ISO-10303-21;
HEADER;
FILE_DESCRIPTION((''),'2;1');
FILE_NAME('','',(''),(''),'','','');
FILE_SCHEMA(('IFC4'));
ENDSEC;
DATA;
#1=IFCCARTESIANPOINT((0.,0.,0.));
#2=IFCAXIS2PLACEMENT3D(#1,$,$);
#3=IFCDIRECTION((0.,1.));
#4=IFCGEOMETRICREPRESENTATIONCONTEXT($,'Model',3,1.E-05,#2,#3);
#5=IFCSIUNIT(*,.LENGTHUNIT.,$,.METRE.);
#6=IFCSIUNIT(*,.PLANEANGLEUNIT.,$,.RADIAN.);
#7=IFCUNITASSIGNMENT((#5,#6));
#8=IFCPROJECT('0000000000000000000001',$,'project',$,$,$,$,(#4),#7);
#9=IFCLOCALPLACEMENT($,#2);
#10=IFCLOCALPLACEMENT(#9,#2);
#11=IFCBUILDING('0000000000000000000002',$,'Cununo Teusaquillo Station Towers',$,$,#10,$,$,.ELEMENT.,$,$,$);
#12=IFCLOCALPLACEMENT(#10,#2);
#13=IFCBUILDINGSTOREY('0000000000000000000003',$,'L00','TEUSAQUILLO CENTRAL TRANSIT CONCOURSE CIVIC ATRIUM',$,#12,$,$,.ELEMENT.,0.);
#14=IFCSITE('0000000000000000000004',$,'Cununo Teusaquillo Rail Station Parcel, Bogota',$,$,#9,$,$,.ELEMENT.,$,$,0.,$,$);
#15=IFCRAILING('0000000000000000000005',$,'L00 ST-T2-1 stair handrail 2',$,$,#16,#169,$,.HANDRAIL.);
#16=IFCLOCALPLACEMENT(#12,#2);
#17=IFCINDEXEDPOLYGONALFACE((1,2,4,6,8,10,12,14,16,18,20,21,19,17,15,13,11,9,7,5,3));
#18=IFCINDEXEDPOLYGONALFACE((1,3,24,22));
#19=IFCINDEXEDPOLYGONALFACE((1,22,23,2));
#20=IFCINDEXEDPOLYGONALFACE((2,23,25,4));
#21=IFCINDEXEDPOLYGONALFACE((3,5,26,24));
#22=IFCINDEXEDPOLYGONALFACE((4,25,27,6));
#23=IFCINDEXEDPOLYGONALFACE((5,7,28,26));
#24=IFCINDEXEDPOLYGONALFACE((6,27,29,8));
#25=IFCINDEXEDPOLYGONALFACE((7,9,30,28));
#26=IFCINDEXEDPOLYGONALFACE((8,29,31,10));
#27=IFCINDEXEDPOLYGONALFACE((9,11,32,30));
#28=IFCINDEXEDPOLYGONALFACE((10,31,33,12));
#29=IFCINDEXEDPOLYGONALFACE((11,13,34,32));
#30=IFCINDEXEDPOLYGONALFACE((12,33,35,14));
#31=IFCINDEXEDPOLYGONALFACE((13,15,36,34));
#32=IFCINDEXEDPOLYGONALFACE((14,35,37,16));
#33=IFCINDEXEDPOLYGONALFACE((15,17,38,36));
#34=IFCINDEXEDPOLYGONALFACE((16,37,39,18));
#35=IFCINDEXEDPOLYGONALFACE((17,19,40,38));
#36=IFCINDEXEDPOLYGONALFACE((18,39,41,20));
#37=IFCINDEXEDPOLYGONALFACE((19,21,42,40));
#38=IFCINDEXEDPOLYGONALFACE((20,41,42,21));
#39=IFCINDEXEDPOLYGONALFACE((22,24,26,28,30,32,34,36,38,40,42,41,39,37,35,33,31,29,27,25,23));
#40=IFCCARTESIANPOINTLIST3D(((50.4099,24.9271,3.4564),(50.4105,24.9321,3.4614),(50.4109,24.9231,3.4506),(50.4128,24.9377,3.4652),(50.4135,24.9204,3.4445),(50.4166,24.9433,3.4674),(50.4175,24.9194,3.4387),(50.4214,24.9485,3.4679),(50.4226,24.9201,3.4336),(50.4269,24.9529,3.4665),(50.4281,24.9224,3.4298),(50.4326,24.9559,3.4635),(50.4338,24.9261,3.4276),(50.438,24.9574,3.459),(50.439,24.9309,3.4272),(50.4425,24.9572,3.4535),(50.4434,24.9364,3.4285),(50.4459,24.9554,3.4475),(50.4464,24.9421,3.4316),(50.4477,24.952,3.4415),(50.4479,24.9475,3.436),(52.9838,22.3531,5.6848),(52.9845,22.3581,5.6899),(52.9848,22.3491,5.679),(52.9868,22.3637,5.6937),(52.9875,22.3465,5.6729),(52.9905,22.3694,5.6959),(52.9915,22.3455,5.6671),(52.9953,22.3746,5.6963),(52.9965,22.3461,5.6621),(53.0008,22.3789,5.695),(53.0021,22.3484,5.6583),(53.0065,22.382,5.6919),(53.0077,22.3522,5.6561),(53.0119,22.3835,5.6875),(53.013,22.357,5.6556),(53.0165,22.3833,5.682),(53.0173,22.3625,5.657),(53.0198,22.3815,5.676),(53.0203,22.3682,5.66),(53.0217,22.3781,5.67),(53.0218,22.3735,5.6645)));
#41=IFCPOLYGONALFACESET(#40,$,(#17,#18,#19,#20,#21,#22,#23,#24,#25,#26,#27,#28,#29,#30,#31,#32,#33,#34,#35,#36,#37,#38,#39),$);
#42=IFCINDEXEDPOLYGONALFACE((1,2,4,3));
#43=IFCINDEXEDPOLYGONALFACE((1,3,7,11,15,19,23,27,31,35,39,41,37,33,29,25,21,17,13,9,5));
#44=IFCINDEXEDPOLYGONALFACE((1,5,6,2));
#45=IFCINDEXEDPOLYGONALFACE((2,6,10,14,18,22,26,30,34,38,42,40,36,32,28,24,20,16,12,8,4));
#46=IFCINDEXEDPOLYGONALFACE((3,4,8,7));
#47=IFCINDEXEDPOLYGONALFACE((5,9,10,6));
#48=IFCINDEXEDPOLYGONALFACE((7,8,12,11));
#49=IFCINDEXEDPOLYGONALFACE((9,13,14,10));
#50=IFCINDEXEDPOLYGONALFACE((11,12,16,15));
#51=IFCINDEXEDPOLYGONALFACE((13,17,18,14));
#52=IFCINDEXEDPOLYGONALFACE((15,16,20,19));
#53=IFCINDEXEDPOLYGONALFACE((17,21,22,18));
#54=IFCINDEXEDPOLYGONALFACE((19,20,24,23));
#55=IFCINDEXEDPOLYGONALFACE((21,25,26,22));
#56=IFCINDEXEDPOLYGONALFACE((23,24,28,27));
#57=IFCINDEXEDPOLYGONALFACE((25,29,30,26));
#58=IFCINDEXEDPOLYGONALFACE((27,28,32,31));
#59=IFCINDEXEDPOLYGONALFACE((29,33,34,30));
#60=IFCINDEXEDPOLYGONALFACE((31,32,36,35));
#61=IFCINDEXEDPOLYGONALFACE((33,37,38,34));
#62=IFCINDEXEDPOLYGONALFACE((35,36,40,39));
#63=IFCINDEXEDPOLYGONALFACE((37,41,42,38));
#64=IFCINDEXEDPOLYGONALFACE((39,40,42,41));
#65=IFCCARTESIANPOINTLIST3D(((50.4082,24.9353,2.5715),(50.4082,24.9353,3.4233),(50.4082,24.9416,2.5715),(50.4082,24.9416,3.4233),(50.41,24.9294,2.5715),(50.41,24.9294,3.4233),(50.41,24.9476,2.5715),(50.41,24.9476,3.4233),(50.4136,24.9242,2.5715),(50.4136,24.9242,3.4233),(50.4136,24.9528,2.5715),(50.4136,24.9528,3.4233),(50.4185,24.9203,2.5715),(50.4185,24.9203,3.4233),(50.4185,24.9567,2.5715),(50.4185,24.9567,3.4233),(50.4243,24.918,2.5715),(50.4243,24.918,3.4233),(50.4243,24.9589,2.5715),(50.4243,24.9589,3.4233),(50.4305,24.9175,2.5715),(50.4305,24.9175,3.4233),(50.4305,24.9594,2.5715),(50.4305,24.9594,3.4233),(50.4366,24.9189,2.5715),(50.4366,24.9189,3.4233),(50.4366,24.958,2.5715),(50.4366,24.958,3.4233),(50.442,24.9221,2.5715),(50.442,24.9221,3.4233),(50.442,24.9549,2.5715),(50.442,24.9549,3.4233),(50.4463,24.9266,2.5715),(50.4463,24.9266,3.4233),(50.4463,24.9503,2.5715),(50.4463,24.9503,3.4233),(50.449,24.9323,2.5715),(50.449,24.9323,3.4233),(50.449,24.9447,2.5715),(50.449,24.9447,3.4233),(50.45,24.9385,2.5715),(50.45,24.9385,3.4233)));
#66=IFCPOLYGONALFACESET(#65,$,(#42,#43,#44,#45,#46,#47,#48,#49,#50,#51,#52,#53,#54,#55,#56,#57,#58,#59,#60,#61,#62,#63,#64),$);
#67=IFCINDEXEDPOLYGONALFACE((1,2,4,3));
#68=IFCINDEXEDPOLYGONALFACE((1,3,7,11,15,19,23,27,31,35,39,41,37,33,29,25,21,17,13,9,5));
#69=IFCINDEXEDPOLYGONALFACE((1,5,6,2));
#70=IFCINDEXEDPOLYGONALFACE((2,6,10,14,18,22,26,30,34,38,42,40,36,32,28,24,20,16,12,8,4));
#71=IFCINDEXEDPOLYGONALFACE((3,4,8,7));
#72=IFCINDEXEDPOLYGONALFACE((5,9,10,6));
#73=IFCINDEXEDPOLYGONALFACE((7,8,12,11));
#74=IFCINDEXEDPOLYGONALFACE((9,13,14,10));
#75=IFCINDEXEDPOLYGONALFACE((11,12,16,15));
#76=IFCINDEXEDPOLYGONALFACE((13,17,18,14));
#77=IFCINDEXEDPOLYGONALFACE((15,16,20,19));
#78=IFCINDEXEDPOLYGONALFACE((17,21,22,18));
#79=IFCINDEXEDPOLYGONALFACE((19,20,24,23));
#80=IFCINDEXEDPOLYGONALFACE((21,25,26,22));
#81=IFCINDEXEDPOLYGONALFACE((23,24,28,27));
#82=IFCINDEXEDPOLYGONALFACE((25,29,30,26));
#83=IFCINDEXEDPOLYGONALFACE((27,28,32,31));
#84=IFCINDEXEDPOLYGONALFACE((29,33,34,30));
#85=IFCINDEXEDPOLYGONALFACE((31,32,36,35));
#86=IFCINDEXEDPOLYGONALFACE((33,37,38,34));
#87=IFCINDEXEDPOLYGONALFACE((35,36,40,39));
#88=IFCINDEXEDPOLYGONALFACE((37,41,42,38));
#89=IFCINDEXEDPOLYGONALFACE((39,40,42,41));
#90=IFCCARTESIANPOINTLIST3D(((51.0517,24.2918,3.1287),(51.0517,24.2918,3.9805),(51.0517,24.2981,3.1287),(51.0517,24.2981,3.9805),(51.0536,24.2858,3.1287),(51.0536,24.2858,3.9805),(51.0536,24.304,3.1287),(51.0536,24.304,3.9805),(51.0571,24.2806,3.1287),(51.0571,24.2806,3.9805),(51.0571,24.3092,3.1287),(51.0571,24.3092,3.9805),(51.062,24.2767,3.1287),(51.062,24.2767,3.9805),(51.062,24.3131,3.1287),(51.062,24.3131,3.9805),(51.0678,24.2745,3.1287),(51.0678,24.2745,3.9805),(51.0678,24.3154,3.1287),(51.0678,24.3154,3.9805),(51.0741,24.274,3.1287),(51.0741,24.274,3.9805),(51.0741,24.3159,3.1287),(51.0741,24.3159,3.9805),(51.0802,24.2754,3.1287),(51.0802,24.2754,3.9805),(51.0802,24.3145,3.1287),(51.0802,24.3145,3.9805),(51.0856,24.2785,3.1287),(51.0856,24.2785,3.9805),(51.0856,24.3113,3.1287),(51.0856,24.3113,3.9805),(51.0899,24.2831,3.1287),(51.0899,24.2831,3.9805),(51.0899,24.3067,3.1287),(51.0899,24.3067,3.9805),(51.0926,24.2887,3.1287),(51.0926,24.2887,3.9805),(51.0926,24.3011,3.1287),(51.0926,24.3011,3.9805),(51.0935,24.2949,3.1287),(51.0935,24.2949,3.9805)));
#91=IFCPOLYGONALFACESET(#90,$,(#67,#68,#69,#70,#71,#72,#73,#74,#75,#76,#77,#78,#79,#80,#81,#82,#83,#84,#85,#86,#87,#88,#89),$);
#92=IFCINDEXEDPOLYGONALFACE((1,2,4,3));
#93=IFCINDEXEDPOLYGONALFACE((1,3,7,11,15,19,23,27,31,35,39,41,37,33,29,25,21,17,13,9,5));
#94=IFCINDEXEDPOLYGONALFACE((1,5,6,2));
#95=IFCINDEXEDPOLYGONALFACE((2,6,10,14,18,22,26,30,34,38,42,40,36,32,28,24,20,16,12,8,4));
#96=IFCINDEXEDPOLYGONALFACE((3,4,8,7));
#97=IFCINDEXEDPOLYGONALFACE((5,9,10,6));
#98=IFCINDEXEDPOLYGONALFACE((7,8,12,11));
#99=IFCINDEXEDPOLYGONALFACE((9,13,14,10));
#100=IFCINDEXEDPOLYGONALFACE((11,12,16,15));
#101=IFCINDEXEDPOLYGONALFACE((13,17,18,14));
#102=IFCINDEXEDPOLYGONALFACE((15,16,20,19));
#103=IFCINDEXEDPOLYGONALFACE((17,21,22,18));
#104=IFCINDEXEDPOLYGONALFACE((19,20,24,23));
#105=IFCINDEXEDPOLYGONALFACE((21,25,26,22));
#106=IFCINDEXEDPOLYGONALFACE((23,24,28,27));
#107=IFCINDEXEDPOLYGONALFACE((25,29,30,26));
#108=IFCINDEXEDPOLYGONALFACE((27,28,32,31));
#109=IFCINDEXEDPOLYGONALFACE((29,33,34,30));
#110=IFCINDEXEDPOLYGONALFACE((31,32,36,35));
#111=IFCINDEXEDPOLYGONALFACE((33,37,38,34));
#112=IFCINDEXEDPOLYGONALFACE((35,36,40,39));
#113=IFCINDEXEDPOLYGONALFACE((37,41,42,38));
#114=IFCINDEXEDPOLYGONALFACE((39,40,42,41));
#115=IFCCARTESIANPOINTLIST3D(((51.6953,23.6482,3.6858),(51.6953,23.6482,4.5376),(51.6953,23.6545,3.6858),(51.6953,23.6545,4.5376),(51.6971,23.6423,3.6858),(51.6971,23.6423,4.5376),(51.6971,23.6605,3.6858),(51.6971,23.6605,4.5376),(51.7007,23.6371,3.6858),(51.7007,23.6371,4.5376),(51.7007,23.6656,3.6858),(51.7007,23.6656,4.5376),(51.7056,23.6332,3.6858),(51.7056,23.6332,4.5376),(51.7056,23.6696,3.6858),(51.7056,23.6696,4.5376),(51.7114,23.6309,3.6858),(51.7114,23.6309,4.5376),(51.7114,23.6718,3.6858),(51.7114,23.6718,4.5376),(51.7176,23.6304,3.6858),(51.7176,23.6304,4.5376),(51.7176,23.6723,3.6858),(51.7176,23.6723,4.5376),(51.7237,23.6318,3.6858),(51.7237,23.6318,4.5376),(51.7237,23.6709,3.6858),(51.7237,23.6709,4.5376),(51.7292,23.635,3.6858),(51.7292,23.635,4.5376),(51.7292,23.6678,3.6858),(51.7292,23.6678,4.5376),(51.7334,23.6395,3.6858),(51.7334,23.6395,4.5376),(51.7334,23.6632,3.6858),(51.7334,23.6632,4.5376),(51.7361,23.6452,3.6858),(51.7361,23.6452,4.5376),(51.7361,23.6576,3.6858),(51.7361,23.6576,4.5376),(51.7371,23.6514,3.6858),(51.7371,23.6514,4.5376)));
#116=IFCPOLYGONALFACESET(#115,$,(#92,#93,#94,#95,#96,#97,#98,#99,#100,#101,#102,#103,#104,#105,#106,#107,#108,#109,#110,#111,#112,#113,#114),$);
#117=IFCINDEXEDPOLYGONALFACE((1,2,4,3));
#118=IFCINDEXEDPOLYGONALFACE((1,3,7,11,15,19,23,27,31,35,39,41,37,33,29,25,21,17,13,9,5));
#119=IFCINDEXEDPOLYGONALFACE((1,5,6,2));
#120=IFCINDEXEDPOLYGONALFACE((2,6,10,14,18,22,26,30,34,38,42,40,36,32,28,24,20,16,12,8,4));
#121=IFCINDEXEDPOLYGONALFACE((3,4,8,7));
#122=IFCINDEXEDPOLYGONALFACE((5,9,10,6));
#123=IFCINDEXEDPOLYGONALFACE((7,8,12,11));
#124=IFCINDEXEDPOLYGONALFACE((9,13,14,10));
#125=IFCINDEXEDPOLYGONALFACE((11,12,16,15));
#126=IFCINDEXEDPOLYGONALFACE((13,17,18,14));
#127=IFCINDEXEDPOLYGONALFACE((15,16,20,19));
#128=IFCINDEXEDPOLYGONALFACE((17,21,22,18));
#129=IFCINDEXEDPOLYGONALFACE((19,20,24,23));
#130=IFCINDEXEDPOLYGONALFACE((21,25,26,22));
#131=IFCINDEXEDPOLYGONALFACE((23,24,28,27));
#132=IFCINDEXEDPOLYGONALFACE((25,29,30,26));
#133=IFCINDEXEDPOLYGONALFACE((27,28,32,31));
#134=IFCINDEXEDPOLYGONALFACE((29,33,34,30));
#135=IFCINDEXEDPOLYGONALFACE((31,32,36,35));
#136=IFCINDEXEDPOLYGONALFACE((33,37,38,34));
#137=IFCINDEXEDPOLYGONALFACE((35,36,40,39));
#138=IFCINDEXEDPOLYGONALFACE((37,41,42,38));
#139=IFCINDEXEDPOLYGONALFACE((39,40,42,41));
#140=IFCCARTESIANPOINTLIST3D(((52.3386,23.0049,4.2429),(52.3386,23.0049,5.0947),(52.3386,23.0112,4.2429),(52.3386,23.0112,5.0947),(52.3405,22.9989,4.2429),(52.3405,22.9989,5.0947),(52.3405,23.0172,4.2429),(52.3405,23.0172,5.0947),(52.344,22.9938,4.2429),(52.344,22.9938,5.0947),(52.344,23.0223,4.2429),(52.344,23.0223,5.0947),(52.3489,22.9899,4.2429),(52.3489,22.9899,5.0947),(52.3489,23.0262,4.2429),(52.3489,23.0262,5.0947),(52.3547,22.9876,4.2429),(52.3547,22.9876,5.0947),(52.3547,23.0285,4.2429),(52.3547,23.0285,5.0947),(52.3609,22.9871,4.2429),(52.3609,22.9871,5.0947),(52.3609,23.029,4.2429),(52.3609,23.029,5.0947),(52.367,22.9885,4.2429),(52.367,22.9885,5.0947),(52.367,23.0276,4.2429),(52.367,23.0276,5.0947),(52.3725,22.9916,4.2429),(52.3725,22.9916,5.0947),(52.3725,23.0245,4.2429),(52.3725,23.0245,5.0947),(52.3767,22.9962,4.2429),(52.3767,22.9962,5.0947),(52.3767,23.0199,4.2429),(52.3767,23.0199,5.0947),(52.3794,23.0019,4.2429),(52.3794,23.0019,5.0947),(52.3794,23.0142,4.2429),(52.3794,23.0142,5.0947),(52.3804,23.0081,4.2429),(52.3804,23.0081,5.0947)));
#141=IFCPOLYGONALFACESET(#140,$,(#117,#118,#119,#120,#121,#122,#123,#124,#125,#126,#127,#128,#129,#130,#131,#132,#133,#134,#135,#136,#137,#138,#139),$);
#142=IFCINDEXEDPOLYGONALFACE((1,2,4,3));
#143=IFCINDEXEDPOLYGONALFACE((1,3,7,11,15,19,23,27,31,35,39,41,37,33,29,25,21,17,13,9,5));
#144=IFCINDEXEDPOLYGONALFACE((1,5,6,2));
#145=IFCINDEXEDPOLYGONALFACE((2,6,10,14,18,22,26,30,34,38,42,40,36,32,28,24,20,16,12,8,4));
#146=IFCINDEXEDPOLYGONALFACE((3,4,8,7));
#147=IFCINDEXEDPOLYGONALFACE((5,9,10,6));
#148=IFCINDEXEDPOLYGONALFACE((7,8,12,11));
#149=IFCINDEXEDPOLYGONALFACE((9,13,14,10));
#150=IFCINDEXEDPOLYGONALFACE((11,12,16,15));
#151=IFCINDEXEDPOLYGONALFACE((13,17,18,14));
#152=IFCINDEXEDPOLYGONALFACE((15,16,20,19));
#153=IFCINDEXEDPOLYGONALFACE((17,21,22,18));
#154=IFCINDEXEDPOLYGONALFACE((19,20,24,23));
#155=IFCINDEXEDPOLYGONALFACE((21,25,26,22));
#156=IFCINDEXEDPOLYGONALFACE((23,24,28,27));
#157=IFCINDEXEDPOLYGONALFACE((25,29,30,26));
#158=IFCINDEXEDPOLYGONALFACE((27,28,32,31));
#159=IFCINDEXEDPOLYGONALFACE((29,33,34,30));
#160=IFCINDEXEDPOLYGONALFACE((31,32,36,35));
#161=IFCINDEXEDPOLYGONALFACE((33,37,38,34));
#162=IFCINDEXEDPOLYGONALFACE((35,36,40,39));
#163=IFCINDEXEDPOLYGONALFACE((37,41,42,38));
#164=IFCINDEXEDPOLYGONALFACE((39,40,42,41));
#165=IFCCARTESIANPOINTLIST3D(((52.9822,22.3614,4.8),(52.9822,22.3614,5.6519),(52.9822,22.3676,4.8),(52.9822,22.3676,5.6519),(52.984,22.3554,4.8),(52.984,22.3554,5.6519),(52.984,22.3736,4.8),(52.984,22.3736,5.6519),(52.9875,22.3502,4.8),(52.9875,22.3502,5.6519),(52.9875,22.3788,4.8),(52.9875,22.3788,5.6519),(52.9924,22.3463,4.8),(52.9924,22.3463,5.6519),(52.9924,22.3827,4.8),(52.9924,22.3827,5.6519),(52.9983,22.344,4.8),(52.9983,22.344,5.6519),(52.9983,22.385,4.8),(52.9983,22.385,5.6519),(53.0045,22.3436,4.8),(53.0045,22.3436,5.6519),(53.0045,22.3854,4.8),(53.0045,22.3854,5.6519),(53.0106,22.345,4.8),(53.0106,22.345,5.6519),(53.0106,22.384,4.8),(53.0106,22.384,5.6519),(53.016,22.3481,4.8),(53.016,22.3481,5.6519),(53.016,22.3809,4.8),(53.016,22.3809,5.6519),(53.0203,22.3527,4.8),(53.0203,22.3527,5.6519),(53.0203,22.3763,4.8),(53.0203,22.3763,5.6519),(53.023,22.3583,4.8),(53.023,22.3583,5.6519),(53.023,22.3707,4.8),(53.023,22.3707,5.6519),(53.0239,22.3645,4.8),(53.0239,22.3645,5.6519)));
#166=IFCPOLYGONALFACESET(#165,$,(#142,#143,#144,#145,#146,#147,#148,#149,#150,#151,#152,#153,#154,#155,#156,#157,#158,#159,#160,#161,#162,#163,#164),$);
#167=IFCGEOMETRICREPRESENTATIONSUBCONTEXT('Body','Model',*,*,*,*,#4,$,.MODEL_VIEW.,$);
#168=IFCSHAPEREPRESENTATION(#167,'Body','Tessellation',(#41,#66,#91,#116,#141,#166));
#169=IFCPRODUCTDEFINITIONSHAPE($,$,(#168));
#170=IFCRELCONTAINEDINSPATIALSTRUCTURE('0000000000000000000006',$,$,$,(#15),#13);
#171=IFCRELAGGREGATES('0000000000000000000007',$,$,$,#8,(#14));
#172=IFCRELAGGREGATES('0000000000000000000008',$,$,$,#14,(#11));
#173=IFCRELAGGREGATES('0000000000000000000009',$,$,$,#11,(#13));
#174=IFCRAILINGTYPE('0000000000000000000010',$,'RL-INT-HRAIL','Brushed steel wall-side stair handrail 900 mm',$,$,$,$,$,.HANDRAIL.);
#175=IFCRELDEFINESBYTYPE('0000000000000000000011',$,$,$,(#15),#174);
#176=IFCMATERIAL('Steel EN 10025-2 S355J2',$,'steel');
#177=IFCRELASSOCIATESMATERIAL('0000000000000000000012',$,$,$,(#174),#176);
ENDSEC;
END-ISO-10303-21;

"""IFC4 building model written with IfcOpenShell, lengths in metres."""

from ifc_helpers import new_model, si_unit, direction, frame, origin, origin_2d, place, context, subcontext, project, spatial, circle, extrude, material, type_object, element, save


model = new_model("IFC4")

# Units and contexts
model_context = context("Model", 3, precision=1e-05, world=origin(), true_north=direction((0.0, 1.0)))
body_context = subcontext(model_context, "Body", "Model", "MODEL_VIEW")
ifc_project = project(units=[si_unit("LENGTHUNIT", "METRE"), si_unit("PLANEANGLEUNIT", "RADIAN")], contexts=[model_context])

# Site, building, storey
site_placement = place(None, origin())
site = spatial("IfcSite", under=ifc_project, at=site_placement, Name="Cununo Teusaquillo Rail Station Parcel, Bogota", CompositionType="ELEMENT", RefElevation=0.0)
building_placement = place(site_placement, origin())
building = spatial("IfcBuilding", under=site, at=building_placement, Name="Cununo Teusaquillo Station Towers", CompositionType="ELEMENT")
storey_placement = place(building_placement, origin())
storey = spatial("IfcBuildingStorey", under=building, at=storey_placement, Name="L00", Description="TEUSAQUILLO CENTRAL TRANSIT CONCOURSE CIVIC ATRIUM", CompositionType="ELEMENT", Elevation=0.0)

# Railing
ifc_material_1 = material(Name="Steel EN 10025-2 S355J2", Category="steel")
railing_type_1 = type_object("IfcRailingType", Name="RL-INT-HRAIL", Description="Brushed steel wall-side stair handrail 900 mm", PredefinedType="HANDRAIL", material=ifc_material_1)
railing_1_placement = place(storey_placement, frame((50.429, 24.9385, 2.5715)))
element("IfcRailing", 1, at=railing_1_placement, inside=storey, type_object=railing_type_1, Name="L00 ST-T2-1 stair handrail 2", PredefinedType="HANDRAIL", context=body_context, shape_type="SweptSolid", body=[
    extrude(circle(Radius=0.0239, at=origin_2d()), frame((0.0, 0.0, 0.876), z_axis=(0.603068, -0.603068, 0.522129), x_axis=(0.707107, 0.707107, 0.0)), (0.0, 0.0, 1.0), 4.2681),
    extrude(circle(Radius=0.021, at=origin_2d()), origin(), (0.0, 0.0, 1.0), 0.8518),
    extrude(circle(Radius=0.021, at=origin_2d()), frame((0.6436, -0.6436, 0.5571)), (0.0, 0.0, 1.0), 0.8518),
    extrude(circle(Radius=0.021, at=origin_2d()), frame((1.2871, -1.2871, 1.1143)), (0.0, 0.0, 1.0), 0.8518),
    extrude(circle(Radius=0.021, at=origin_2d()), frame((1.9304, -1.9304, 1.6714)), (0.0, 0.0, 1.0), 0.8518),
    extrude(circle(Radius=0.021, at=origin_2d()), frame((2.574, -2.574, 2.2285)), (0.0, 0.0, 1.0), 0.8518),
])

save(model, "model.ifc")
